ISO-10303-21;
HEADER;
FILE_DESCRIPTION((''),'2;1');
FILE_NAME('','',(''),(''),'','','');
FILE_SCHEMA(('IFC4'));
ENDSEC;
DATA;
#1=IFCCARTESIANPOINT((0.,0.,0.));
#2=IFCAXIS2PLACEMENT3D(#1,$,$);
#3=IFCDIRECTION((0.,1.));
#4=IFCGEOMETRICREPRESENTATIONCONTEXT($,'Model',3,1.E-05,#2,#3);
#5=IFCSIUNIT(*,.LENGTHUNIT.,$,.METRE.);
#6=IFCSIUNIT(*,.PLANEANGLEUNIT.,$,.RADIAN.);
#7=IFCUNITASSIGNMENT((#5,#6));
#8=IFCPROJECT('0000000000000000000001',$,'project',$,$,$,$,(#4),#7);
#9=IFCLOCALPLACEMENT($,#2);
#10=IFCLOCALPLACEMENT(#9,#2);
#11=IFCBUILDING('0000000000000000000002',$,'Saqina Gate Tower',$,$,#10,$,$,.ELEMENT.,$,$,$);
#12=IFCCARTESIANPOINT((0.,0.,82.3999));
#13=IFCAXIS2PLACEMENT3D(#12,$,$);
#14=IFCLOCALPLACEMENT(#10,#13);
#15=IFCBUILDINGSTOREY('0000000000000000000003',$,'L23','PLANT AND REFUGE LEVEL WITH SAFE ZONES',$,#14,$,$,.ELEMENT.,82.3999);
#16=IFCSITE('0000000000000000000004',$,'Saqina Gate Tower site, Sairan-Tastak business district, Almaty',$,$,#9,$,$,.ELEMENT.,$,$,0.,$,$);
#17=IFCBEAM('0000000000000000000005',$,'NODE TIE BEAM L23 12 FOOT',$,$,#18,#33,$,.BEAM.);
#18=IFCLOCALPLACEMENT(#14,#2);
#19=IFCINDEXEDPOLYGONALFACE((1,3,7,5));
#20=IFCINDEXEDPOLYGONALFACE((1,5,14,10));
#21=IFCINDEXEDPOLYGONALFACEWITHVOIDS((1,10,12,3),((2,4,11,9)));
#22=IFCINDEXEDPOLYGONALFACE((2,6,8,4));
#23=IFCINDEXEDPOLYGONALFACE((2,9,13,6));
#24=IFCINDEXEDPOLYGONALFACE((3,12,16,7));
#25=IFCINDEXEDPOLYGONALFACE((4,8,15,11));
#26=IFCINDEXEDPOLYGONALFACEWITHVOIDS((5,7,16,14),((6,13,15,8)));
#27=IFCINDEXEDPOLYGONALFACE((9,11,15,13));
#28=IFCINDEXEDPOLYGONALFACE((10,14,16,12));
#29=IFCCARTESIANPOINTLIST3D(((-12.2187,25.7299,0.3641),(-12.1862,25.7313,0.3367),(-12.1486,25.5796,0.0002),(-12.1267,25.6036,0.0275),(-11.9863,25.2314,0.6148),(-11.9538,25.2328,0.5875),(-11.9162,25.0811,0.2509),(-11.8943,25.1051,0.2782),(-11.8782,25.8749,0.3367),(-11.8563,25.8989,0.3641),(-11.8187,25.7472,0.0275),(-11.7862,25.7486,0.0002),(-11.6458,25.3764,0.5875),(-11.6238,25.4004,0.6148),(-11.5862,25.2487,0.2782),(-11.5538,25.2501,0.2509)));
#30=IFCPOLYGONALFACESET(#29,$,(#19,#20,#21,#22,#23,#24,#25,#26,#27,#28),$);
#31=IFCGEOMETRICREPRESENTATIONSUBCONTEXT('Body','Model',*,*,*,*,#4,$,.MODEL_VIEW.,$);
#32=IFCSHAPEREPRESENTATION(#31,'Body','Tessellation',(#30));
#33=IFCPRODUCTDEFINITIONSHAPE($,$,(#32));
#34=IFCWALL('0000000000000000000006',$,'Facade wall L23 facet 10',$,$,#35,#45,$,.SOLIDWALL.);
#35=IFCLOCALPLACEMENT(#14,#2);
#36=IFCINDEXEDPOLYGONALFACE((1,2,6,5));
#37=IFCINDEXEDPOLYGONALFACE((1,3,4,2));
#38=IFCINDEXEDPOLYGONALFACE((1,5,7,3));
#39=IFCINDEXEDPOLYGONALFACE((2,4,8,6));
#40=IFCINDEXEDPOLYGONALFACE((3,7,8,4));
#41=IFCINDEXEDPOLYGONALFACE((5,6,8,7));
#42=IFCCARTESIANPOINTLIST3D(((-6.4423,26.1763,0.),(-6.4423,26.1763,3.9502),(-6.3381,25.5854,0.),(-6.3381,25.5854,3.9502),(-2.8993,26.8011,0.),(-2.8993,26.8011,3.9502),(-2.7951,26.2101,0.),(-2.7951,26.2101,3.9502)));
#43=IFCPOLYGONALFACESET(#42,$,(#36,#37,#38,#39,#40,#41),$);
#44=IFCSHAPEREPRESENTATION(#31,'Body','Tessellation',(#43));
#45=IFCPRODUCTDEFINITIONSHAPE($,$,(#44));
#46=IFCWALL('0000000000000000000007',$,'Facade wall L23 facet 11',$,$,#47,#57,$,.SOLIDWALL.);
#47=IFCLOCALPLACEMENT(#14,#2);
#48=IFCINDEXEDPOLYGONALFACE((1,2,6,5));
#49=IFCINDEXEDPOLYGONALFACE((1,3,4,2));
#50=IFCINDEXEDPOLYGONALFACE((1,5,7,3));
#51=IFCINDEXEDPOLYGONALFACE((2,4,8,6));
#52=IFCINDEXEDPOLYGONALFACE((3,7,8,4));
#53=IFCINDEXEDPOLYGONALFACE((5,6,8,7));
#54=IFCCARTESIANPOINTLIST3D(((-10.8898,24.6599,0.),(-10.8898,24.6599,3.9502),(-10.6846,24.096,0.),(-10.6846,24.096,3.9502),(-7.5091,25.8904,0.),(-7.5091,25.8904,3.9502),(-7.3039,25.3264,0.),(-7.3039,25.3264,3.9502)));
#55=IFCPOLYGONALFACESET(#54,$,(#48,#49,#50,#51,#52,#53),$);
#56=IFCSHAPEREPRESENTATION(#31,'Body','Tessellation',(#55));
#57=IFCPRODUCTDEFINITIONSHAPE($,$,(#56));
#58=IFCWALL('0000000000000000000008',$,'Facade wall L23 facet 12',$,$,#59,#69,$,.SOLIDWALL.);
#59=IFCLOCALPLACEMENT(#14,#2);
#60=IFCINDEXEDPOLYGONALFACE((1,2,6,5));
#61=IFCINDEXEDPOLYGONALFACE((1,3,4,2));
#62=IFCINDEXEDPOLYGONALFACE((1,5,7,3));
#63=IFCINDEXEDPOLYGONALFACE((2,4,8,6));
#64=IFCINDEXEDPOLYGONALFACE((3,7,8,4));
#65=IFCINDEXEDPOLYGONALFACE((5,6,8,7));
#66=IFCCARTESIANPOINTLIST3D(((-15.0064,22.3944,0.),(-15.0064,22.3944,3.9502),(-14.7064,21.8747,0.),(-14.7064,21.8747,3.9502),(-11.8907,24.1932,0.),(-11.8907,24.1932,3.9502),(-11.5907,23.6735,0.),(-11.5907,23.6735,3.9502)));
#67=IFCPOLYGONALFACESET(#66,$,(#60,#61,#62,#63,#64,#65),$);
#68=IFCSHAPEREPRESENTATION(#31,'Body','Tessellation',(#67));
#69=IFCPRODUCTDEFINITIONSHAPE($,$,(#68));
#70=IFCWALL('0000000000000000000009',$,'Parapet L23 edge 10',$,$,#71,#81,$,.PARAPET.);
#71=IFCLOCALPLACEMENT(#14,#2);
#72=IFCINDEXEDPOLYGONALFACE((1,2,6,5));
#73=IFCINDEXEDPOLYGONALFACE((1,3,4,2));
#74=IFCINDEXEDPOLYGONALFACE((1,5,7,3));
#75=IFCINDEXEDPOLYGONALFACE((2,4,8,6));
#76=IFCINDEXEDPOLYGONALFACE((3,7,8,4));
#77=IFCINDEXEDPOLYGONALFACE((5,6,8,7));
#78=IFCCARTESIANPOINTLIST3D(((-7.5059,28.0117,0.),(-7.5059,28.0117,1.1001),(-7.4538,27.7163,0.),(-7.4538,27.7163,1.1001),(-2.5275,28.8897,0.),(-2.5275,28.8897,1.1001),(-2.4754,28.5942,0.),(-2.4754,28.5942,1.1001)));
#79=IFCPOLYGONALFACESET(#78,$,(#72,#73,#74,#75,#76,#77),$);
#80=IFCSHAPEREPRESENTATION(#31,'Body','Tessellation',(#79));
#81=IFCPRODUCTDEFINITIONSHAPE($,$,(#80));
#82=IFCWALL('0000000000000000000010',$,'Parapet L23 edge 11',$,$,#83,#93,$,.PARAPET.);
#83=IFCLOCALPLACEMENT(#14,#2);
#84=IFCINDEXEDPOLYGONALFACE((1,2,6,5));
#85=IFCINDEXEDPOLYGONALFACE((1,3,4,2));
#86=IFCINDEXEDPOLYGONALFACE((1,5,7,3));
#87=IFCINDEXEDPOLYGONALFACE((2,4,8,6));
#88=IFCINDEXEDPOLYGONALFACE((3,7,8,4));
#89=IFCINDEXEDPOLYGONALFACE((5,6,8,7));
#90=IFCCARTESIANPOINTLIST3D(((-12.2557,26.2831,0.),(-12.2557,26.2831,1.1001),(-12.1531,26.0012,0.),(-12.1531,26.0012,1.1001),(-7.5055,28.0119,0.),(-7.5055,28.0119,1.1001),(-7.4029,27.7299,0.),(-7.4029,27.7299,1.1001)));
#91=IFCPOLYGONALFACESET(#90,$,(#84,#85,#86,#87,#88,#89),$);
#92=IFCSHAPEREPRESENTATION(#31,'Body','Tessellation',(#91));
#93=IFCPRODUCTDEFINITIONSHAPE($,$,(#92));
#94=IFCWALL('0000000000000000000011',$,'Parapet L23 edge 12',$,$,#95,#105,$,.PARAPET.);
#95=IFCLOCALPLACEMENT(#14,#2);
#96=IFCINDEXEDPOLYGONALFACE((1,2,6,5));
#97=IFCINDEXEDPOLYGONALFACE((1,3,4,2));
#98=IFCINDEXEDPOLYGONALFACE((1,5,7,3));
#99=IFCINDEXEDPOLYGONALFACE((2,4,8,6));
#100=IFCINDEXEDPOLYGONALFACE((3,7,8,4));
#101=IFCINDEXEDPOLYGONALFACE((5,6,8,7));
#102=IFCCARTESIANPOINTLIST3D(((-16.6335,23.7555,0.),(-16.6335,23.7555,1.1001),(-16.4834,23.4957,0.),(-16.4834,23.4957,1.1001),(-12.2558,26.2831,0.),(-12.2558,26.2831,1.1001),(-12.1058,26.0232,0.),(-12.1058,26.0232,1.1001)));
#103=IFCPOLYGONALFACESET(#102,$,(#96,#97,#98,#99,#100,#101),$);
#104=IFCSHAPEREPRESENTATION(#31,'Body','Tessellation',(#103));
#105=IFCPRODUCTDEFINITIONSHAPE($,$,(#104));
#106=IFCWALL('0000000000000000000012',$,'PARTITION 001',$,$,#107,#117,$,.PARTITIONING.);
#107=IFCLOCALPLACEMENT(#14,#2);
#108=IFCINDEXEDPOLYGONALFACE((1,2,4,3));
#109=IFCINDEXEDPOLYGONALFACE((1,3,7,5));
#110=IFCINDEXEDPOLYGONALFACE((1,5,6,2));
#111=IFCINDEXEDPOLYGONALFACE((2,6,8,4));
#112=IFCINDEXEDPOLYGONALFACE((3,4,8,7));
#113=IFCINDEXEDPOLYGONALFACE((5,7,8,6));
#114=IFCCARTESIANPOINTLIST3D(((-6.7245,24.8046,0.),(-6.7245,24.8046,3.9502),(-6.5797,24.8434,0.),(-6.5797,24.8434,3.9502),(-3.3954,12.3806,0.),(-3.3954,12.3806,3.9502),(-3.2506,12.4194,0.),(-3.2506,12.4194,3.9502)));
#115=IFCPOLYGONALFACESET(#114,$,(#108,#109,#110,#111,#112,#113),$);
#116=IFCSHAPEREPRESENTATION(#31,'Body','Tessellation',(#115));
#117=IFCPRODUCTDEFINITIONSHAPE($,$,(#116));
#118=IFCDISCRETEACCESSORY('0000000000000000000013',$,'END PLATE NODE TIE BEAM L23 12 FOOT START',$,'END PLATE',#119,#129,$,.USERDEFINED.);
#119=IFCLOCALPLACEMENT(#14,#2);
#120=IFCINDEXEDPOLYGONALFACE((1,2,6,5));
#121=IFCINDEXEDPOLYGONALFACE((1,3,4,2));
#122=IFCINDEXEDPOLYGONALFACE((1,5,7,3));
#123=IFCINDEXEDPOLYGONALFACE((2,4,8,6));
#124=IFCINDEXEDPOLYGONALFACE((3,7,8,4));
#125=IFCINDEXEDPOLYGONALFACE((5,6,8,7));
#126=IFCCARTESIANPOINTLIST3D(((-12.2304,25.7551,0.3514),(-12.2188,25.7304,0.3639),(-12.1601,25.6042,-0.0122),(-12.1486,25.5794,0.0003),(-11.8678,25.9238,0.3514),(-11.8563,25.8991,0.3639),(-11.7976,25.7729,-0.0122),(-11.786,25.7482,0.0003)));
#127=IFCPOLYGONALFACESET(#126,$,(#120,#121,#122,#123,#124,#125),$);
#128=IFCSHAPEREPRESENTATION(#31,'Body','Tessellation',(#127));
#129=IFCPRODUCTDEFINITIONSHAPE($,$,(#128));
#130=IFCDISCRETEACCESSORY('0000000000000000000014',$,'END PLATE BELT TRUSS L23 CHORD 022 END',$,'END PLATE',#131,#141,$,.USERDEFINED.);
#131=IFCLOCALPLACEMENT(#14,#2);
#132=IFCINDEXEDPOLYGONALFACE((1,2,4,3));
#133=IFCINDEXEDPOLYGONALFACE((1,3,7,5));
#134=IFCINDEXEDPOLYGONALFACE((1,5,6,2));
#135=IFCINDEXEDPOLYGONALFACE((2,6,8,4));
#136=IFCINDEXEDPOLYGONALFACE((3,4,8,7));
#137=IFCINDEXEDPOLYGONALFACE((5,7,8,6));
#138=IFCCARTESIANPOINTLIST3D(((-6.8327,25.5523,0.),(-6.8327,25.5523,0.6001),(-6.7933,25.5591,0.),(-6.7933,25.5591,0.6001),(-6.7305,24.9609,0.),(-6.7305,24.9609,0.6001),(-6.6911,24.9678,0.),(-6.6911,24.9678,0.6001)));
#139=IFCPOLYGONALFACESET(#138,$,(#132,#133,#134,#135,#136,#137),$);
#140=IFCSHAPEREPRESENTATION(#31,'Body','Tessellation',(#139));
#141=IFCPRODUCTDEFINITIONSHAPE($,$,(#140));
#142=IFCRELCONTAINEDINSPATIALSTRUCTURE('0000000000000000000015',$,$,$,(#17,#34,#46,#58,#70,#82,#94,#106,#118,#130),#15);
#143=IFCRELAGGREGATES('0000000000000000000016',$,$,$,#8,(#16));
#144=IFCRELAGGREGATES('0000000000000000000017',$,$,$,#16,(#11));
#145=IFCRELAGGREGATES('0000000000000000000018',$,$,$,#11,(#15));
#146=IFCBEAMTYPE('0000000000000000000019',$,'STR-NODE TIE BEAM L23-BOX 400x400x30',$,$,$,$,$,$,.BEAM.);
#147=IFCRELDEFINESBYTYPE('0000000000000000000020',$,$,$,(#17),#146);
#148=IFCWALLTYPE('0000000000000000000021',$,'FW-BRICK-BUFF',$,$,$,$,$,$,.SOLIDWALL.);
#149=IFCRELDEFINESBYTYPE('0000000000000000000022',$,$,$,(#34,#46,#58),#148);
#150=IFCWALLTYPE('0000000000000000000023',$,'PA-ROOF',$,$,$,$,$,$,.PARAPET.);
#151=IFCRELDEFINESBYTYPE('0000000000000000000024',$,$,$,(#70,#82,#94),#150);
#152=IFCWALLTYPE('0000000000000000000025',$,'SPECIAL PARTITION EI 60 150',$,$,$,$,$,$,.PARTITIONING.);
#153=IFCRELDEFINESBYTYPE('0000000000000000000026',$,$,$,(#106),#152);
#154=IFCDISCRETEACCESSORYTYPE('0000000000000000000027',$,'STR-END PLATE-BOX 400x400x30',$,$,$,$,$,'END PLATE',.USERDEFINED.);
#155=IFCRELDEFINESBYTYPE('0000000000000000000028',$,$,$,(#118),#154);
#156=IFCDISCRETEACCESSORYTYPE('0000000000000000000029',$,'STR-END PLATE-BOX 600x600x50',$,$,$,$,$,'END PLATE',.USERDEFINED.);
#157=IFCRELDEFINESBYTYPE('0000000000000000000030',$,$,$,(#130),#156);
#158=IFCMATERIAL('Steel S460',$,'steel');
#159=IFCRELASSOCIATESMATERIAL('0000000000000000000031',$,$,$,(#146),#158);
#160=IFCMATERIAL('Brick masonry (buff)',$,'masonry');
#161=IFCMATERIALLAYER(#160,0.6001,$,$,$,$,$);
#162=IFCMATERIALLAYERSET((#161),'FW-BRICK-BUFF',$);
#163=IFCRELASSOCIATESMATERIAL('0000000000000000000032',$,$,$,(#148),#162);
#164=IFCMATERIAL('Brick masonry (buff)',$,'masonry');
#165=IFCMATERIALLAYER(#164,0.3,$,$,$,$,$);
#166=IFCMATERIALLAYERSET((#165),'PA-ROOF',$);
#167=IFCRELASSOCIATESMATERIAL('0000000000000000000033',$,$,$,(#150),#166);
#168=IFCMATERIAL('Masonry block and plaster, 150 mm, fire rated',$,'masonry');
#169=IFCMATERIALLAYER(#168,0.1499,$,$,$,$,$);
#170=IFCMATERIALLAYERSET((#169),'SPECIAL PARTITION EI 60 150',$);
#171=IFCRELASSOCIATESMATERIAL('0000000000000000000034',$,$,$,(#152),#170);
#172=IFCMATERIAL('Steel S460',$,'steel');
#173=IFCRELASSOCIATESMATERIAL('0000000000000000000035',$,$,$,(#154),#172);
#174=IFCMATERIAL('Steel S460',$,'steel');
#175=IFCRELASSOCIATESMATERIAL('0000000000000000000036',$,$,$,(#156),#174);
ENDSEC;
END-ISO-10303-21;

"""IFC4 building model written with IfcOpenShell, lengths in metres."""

from ifc_helpers import new_model, si_unit, direction, frame, frame_2d, origin, origin_2d, place, context, subcontext, project, spatial, rectangle, hollow_rectangle, extrude, material, layer, layer_set, material_profile, profile_set, type_object, element, save


model = new_model("IFC4")

# Units and contexts
model_context = context("Model", 3, precision=1e-05, world=origin(), true_north=direction((0.0, 1.0)))
body_context = subcontext(model_context, "Body", "Model", "MODEL_VIEW")
ifc_project = project(units=[si_unit("LENGTHUNIT", "METRE"), si_unit("PLANEANGLEUNIT", "RADIAN")], contexts=[model_context])

# Site, building, storey
site_placement = place(None, origin())
site = spatial("IfcSite", under=ifc_project, at=site_placement, Name="Saqina Gate Tower site, Sairan-Tastak business district, Almaty", CompositionType="ELEMENT", RefElevation=0.0)
building_placement = place(site_placement, origin())
building = spatial("IfcBuilding", under=site, at=building_placement, Name="Saqina Gate Tower", CompositionType="ELEMENT")
storey_placement = place(building_placement, frame((0.0, 0.0, 82.3999)))
storey = spatial("IfcBuildingStorey", under=building, at=storey_placement, Name="L23", Description="PLANT AND REFUGE LEVEL WITH SAFE ZONES", CompositionType="ELEMENT", Elevation=82.3999)

# Beam
ifc_material_1 = material(Name="Steel S460", Category="steel")
ifc_material_profile_1 = material_profile(ifc_material_1, hollow_rectangle(XDim=0.3999, YDim=0.3999, WallThickness=0.03, at=origin_2d()), Name="BOX 400x400x30")
ifc_profile_set_1 = profile_set([ifc_material_profile_1], Name="Steel S460")
beam_type = type_object("IfcBeamType", Name="STR-NODE TIE BEAM L23-BOX 400x400x30", PredefinedType="BEAM", material=ifc_profile_set_1)
beam_placement = place(storey_placement, frame((-12.0024, 25.7393, 0.1821), z_axis=(0.384484, -0.824702, 0.414774), x_axis=(0.906342, 0.422545, 0.0)))
element("IfcBeam", 1, at=beam_placement, inside=storey, type_object=beam_type, Name="NODE TIE BEAM L23 12 FOOT", PredefinedType="BEAM", context=body_context, shape_type="SweptSolid", body=[
    extrude(hollow_rectangle(XDim=0.3999, YDim=0.3999, WallThickness=0.03, at=origin_2d()), origin(), (0.0, 0.0, 1.0), 0.6045),
])

# Walls
ifc_material_2 = material(Name="Brick masonry (buff)", Category="masonry")
ifc_layer_1 = layer(ifc_material_2, 0.6001)
ifc_layer_set_1 = layer_set([ifc_layer_1], Name="FW-BRICK-BUFF")
wall_type_1 = type_object("IfcWallType", Name="FW-BRICK-BUFF", PredefinedType="SOLIDWALL", material=ifc_layer_set_1)
for number, where, z_axis, x_axis, name in (
    (2, (-2.8472, 26.5056, 0.0), (0.0, 0.0, 1.0), (-0.984806, -0.173658, 0.0), "Facade wall L23 facet 10"),
    (3, (-7.4065, 25.6084, 0.0), (0.0, 0.0, 1.0), (-0.93969, -0.342026, 0.0), "Facade wall L23 facet 11"),
    (4, (-11.7407, 23.9333, 0.0), (0.0, 0.0, 1.0), (-0.86603, -0.499993, 0.0), "Facade wall L23 facet 12"),
):
    element("IfcWall", number, at=place(storey_placement, frame(where, z_axis=z_axis, x_axis=x_axis)), inside=storey, type_object=wall_type_1, Name=name, PredefinedType="SOLIDWALL", context=body_context, shape_type="SweptSolid", body=[
        extrude(rectangle(XDim=3.5977, YDim=0.6001, at=frame_2d((1.7988, 0.0))), origin(), (0.0, 0.0, 1.0), 3.9502),
    ])
ifc_material_3 = material(Name="Brick masonry (buff)", Category="masonry")
ifc_layer_2 = layer(ifc_material_3, 0.3)
ifc_layer_set_2 = layer_set([ifc_layer_2], Name="PA-ROOF")
wall_type_2 = type_object("IfcWallType", Name="PA-ROOF", PredefinedType="PARAPET", material=ifc_layer_set_2)
wall_1_placement = place(storey_placement, frame((-2.5015, 28.7419, 0.0), z_axis=(0.0, 0.0, 1.0), x_axis=(-0.984803, -0.173672, 0.0)))
element("IfcWall", 5, at=wall_1_placement, inside=storey, type_object=wall_type_2, Name="Parapet L23 edge 10", PredefinedType="PARAPET", context=body_context, shape_type="SweptSolid", body=[
    extrude(rectangle(XDim=5.0552, YDim=0.3, at=frame_2d((2.5276, 0.0))), origin(), (0.0, 0.0, 1.0), 1.1001),
])
for number, where, z_axis, x_axis, name in (
    (6, (-7.4543, 27.8708, 0.0), (0.0, 0.0, 1.0), (-0.939705, -0.341987, 0.0), "Parapet L23 edge 11"),
    (7, (-12.1809, 26.1531, 0.0), (0.0, 0.0, 1.0), (-0.866014, -0.500019, 0.0), "Parapet L23 edge 12"),
):
    element("IfcWall", number, at=place(storey_placement, frame(where, z_axis=z_axis, x_axis=x_axis)), inside=storey, type_object=wall_type_2, Name=name, PredefinedType="PARAPET", context=body_context, shape_type="SweptSolid", body=[
        extrude(rectangle(XDim=5.0549, YDim=0.3, at=frame_2d((2.5273, 0.0))), origin(), (0.0, 0.0, 1.0), 1.1001),
    ])
ifc_material_4 = material(Name="Masonry block and plaster, 150 mm, fire rated", Category="masonry")
ifc_layer_3 = layer(ifc_material_4, 0.1499)
ifc_layer_set_3 = layer_set([ifc_layer_3], Name="SPECIAL PARTITION EI 60 150")
wall_type_3 = type_object("IfcWallType", Name="SPECIAL PARTITION EI 60 150", PredefinedType="PARTITIONING", material=ifc_layer_set_3)
wall_2_placement = place(storey_placement, frame((-6.6521, 24.824, 0.0), z_axis=(0.0, 0.0, 1.0), x_axis=(0.258825, -0.965924, 0.0)))
element("IfcWall", 8, at=wall_2_placement, inside=storey, type_object=wall_type_3, Name="PARTITION 001", PredefinedType="PARTITIONING", context=body_context, shape_type="SweptSolid", body=[
    extrude(rectangle(XDim=12.8623, YDim=0.1499, at=frame_2d((6.4312, 0.0))), origin(), (0.0, 0.0, 1.0), 3.9502),
])

# Discrete accessories
ifc_material_5 = material(Name="Steel S460", Category="steel")
ifc_material_profile_2 = material_profile(ifc_material_5, rectangle(XDim=0.3999, YDim=0.3999, at=origin_2d()), Name="STR-END PLATE-BOX 400x400x30")
ifc_profile_set_2 = profile_set([ifc_material_profile_2], Name="Steel S460")
discrete_accessory_type_1 = type_object("IfcDiscreteAccessoryType", Name="STR-END PLATE-BOX 400x400x30", ElementType="END PLATE", PredefinedType="USERDEFINED", material=ifc_profile_set_2)
discrete_accessory_1_placement = place(storey_placement, frame((-12.0024, 25.7393, 0.1821), z_axis=(-0.383613, 0.824359, -0.416261), x_axis=(0.90664, 0.421905, 0.000007)))
element("IfcDiscreteAccessory", 9, at=discrete_accessory_1_placement, inside=storey, type_object=discrete_accessory_type_1, Name="END PLATE NODE TIE BEAM L23 12 FOOT START", ObjectType="END PLATE", PredefinedType="USERDEFINED", context=body_context, shape_type="SweptSolid", body=[
    extrude(rectangle(XDim=0.3999, YDim=0.3999, at=origin_2d()), origin(), (0.0, 0.0, 1.0), 0.03),
])
ifc_material_6 = material(Name="Steel S460", Category="steel")
ifc_material_profile_3 = material_profile(ifc_material_6, rectangle(XDim=0.6001, YDim=0.6001, at=origin_2d()), Name="STR-END PLATE-BOX 600x600x50")
ifc_profile_set_3 = profile_set([ifc_material_profile_3], Name="Steel S460")
discrete_accessory_type_2 = type_object("IfcDiscreteAccessoryType", Name="STR-END PLATE-BOX 600x600x50", ElementType="END PLATE", PredefinedType="USERDEFINED", material=ifc_profile_set_3)
discrete_accessory_2_placement = place(storey_placement, frame((-6.7422, 25.2634, 0.3), z_axis=(-0.98539, -0.170314, 0.0), x_axis=(0.170314, -0.98539, 0.0)))
element("IfcDiscreteAccessory", 10, at=discrete_accessory_2_placement, inside=storey, type_object=discrete_accessory_type_2, Name="END PLATE BELT TRUSS L23 CHORD 022 END", ObjectType="END PLATE", PredefinedType="USERDEFINED", context=body_context, shape_type="SweptSolid", body=[
    extrude(rectangle(XDim=0.6001, YDim=0.6001, at=origin_2d()), origin(), (0.0, 0.0, 1.0), 0.04),
])

save(model, "model.ifc")
